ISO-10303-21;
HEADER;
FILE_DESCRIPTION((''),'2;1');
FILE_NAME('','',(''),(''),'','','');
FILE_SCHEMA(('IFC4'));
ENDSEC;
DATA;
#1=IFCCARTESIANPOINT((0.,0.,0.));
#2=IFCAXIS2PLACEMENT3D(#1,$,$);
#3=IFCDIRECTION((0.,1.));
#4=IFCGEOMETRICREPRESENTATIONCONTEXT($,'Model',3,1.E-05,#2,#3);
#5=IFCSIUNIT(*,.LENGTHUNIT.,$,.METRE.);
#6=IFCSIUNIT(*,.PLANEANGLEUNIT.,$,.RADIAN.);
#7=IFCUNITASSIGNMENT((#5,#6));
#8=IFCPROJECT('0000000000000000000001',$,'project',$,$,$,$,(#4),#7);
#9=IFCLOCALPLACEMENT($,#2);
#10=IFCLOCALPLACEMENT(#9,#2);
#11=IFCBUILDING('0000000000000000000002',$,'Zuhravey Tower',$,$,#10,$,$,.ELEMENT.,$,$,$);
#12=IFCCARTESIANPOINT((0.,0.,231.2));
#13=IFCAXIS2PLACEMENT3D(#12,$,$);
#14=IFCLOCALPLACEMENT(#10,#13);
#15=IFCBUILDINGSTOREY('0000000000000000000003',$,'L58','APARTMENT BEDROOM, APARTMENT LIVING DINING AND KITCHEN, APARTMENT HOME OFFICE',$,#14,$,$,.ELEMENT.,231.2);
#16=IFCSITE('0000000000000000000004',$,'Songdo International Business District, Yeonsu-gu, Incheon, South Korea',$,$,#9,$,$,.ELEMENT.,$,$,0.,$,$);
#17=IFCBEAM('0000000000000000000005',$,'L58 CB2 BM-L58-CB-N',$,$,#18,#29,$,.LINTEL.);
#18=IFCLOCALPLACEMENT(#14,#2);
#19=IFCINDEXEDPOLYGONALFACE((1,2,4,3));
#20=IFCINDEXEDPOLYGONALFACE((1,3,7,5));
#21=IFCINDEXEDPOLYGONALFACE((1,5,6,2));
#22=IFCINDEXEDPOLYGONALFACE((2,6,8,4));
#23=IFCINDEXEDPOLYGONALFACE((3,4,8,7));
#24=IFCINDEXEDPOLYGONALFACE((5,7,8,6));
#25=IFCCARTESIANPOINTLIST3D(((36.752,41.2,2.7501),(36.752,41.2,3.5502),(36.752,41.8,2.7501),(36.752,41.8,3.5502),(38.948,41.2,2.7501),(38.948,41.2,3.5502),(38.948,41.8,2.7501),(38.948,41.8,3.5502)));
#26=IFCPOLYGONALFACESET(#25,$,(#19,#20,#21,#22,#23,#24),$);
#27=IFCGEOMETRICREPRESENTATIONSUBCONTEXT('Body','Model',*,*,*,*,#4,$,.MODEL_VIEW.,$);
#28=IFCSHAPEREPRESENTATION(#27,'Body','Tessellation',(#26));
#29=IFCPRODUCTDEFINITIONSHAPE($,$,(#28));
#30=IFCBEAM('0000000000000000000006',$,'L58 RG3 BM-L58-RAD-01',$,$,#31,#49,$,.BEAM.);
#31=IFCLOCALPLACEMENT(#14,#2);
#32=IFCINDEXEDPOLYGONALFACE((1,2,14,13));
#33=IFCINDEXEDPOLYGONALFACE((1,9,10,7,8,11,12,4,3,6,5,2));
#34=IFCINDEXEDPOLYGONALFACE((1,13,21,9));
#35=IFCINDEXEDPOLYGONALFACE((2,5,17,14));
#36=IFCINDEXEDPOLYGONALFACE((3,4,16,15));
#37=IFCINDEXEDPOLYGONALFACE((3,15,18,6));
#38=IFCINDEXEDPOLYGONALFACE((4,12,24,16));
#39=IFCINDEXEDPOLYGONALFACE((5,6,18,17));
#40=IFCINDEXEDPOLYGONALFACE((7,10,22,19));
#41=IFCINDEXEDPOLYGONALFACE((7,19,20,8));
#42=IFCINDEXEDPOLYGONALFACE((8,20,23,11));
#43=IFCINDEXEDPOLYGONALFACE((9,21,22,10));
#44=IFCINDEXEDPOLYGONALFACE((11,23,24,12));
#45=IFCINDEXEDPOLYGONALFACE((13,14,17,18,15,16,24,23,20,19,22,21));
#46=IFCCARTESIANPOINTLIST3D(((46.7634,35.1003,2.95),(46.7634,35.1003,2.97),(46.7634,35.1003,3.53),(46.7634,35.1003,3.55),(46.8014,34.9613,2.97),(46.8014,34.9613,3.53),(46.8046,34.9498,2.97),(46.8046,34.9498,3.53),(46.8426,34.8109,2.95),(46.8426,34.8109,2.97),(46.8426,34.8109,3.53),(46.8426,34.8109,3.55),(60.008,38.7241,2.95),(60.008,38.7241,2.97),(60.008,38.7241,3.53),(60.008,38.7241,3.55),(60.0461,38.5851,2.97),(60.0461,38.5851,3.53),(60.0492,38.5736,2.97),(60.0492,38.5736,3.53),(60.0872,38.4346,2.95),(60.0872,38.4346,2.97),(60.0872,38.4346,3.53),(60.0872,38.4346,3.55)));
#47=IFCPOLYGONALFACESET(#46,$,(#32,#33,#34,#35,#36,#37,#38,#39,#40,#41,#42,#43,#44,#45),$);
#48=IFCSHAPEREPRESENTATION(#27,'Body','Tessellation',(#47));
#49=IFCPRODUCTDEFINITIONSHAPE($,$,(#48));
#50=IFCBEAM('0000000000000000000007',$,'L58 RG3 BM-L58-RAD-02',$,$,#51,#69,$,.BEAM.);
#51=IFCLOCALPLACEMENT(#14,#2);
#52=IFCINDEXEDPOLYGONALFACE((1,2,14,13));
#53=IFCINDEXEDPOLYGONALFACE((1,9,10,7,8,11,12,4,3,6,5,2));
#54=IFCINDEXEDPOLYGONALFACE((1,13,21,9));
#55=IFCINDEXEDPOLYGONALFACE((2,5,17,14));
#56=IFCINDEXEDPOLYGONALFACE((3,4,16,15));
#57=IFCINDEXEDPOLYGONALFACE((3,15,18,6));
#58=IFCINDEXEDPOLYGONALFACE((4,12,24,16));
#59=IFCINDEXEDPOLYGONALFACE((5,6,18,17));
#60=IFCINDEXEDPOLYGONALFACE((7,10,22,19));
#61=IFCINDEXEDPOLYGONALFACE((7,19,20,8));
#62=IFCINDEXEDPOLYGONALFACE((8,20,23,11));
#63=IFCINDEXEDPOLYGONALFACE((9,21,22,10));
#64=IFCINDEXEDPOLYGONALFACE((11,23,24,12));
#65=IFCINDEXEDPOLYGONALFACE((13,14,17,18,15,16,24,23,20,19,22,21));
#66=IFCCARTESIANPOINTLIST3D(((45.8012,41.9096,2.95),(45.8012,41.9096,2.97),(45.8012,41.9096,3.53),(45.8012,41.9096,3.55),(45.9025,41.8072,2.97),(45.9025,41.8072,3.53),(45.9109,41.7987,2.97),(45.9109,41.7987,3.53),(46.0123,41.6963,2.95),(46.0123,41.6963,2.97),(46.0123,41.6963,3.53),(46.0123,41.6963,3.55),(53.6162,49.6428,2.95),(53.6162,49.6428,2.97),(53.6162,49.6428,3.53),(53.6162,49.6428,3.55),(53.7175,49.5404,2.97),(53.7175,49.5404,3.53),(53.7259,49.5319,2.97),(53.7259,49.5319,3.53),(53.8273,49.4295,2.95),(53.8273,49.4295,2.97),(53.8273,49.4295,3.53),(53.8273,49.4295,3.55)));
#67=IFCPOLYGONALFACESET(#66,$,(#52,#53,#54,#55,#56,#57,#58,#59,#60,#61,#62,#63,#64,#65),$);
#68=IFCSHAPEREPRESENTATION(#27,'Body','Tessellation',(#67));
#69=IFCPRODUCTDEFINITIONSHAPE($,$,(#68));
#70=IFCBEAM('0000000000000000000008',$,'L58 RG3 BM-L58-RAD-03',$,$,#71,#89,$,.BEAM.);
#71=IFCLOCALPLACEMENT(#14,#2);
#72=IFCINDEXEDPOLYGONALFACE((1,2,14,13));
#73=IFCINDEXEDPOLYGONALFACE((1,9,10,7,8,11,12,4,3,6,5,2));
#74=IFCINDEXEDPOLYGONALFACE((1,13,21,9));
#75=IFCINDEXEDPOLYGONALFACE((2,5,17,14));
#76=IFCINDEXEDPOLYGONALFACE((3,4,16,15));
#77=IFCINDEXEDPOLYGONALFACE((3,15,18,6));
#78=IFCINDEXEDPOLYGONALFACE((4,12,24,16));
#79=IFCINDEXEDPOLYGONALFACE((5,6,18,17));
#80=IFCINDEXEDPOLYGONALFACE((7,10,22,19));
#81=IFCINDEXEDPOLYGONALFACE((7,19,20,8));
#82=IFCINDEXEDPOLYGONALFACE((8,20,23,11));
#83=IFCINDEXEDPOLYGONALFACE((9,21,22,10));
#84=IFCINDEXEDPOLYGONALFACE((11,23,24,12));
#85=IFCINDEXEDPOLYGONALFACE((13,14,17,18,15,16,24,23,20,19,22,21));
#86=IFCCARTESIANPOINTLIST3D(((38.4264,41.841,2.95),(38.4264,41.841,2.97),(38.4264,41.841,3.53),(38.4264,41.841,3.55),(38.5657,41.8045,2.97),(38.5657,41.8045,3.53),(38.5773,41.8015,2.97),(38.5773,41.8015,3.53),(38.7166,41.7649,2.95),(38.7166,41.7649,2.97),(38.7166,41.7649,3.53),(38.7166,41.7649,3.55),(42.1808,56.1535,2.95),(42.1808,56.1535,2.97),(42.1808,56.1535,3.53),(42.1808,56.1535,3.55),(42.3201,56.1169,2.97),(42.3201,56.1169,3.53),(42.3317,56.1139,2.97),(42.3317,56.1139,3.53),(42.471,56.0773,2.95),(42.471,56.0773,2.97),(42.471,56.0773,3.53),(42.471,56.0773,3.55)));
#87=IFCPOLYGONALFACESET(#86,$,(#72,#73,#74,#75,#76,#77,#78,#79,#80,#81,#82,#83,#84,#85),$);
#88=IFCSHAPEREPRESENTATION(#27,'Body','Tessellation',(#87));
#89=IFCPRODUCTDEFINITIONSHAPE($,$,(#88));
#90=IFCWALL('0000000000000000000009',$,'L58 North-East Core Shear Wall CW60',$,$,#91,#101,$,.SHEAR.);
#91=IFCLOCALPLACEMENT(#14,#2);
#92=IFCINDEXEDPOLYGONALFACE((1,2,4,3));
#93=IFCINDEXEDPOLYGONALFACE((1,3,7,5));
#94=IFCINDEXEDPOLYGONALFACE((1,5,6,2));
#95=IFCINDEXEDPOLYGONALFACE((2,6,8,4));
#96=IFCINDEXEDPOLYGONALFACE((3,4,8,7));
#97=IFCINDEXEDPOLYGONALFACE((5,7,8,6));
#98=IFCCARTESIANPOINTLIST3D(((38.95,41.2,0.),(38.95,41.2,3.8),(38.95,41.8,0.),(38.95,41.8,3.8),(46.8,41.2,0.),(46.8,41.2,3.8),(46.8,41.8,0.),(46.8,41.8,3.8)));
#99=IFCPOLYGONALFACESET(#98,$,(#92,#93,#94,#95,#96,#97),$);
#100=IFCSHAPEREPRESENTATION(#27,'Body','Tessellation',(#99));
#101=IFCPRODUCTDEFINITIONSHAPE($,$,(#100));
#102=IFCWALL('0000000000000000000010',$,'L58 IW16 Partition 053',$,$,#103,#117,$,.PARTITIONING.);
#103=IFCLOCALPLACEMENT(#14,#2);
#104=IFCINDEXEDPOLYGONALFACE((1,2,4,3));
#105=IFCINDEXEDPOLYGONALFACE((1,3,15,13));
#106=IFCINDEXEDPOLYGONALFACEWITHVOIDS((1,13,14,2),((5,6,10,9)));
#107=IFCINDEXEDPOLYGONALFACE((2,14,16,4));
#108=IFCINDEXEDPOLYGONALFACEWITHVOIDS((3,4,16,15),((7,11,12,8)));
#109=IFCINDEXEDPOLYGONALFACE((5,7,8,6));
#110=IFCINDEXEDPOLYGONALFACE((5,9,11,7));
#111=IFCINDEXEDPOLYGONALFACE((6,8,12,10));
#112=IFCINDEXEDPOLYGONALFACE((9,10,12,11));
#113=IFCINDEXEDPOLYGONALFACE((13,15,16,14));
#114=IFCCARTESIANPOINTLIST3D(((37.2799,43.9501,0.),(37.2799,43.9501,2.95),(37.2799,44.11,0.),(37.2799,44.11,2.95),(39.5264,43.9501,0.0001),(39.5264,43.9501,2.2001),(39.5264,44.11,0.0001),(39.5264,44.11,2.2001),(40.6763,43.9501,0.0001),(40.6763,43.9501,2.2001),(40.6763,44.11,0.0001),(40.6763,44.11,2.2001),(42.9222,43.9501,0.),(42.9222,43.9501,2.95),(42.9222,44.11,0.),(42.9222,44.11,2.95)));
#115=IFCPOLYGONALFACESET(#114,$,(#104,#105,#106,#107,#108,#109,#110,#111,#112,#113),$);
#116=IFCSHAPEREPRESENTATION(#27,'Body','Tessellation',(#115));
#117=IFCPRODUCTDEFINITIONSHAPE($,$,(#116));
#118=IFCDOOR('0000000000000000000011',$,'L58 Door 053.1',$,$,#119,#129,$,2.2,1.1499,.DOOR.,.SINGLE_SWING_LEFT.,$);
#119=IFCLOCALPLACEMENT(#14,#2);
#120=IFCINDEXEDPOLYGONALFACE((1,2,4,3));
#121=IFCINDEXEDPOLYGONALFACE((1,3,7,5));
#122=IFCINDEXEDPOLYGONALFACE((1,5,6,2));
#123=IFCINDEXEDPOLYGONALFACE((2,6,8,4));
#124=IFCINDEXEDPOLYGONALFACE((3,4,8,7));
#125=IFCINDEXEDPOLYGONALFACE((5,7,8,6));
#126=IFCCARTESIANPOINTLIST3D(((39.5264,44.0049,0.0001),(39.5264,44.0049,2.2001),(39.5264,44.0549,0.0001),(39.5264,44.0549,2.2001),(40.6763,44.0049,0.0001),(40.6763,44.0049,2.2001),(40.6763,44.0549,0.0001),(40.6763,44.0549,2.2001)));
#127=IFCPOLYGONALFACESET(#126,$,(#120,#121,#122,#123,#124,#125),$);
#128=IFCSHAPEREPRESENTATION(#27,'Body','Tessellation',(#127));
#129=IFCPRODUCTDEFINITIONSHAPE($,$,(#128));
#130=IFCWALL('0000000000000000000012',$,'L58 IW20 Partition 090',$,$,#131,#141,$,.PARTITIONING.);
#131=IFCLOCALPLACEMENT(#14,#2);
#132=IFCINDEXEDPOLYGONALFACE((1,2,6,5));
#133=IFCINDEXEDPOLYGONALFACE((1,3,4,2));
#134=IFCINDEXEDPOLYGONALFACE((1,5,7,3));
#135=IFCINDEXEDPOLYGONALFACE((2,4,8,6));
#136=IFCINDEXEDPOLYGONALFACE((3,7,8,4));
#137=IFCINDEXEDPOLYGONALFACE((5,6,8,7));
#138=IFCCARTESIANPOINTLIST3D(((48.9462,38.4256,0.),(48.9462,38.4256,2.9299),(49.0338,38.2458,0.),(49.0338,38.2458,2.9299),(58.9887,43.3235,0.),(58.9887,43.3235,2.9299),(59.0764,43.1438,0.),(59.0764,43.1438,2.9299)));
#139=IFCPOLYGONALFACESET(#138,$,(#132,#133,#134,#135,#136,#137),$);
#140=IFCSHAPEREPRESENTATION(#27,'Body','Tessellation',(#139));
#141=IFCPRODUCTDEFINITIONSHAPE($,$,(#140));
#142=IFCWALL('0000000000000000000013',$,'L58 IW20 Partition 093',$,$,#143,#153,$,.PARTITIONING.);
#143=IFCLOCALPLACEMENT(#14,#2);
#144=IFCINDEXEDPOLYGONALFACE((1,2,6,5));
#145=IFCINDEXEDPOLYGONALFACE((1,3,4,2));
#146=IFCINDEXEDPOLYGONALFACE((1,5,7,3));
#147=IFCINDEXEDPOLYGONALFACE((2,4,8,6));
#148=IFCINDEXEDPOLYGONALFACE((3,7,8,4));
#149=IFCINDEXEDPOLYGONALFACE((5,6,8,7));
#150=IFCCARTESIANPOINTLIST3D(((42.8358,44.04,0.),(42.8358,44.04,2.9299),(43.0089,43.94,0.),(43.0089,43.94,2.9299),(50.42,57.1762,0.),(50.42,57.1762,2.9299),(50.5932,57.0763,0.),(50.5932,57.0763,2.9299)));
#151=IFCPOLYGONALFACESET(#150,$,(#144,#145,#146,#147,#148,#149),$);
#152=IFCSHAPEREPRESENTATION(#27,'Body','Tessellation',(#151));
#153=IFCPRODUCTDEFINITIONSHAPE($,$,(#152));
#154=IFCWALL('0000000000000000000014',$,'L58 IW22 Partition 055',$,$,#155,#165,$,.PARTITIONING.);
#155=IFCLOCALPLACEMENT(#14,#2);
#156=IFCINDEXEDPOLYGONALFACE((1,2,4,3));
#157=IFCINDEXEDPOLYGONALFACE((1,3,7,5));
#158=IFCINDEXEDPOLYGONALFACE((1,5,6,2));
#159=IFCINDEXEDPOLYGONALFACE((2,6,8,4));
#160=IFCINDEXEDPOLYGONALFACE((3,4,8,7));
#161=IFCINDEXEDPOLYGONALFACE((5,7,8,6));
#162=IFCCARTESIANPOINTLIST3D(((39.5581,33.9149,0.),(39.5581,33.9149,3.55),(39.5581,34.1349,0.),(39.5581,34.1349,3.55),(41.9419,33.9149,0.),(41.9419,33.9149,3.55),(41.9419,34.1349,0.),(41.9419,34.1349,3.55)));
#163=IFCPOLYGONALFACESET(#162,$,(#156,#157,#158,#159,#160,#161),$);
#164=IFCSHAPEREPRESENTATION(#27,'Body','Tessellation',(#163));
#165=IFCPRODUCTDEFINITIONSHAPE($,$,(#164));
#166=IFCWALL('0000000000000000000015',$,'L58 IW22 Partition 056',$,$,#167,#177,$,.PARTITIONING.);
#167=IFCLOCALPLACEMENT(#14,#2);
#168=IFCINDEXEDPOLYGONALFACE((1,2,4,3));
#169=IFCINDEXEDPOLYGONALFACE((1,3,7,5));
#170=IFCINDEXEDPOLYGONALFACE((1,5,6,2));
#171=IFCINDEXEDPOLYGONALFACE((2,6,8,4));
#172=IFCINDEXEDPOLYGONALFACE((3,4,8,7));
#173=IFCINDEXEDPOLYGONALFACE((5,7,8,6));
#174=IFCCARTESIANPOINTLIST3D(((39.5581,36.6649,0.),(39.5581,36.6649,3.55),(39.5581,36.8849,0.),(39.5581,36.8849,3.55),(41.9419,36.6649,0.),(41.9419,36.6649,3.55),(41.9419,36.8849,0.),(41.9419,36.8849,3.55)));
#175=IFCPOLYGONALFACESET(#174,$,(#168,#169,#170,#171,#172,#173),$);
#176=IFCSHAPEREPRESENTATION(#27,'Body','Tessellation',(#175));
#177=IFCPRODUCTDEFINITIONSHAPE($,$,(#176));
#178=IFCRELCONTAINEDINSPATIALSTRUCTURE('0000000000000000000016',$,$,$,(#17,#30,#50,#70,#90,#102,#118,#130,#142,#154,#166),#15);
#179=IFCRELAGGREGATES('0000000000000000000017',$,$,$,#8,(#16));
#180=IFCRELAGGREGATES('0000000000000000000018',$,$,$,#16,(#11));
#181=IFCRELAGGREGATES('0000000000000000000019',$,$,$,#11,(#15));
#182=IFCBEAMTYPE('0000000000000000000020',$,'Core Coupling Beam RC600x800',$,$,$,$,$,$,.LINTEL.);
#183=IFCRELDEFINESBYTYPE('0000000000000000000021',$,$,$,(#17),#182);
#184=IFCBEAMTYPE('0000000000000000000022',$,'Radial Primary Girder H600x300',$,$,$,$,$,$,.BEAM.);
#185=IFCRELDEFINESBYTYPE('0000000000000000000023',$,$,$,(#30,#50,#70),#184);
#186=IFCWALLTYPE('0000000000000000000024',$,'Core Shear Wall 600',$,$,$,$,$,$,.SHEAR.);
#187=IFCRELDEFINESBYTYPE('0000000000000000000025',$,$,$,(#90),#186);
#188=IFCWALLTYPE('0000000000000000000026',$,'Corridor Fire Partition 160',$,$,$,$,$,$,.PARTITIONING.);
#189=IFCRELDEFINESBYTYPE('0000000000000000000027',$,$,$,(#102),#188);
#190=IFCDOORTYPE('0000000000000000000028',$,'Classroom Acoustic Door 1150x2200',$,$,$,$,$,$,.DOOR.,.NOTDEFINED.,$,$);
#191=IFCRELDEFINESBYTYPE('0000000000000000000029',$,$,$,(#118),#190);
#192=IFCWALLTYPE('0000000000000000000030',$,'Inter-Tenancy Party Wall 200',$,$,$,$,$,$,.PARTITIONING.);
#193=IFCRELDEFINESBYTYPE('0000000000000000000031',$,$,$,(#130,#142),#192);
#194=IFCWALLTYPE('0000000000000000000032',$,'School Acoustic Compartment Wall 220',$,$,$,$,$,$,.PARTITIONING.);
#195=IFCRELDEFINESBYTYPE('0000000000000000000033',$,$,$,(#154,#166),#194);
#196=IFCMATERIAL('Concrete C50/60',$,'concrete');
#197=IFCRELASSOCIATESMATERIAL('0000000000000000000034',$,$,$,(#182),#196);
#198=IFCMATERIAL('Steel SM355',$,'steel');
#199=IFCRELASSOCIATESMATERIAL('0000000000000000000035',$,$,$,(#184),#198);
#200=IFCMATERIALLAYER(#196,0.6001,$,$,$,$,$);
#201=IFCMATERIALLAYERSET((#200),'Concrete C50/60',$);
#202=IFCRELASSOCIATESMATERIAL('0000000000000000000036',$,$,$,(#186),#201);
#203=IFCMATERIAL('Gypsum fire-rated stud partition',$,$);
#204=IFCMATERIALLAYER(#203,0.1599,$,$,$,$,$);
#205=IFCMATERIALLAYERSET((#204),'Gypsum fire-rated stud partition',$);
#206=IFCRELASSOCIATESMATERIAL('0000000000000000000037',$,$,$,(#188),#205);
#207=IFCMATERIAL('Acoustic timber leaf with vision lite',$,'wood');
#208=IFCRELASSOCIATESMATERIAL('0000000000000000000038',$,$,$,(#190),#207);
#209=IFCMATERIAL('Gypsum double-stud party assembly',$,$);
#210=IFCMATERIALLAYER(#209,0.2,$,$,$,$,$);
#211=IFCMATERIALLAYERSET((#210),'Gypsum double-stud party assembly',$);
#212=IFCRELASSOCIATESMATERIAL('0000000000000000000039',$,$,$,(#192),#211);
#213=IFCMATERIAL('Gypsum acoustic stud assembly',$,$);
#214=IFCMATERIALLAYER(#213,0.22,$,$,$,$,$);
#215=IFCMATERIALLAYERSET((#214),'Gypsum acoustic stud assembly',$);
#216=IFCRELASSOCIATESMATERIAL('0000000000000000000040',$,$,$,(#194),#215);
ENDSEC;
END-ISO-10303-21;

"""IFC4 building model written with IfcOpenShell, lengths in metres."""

from ifc_helpers import new_model, si_unit, direction, frame, frame_2d, origin, origin_2d, place, context, subcontext, project, spatial, rectangle, i_section, extrude, material, layer, layer_set, material_profile, profile_set, type_object, element, fill, save


model = new_model("IFC4")

# Units and contexts
model_context = context("Model", 3, precision=1e-05, world=origin(), true_north=direction((0.0, 1.0)))
body_context = subcontext(model_context, "Body", "Model", "MODEL_VIEW")
ifc_project = project(units=[si_unit("LENGTHUNIT", "METRE"), si_unit("PLANEANGLEUNIT", "RADIAN")], contexts=[model_context])

# Site, building, storey
site_placement = place(None, origin())
site = spatial("IfcSite", under=ifc_project, at=site_placement, Name="Songdo International Business District, Yeonsu-gu, Incheon, South Korea", CompositionType="ELEMENT", RefElevation=0.0)
building_placement = place(site_placement, origin())
building = spatial("IfcBuilding", under=site, at=building_placement, Name="Zuhravey Tower", CompositionType="ELEMENT")
storey_placement = place(building_placement, frame((0.0, 0.0, 231.2)))
storey = spatial("IfcBuildingStorey", under=building, at=storey_placement, Name="L58", Description="APARTMENT BEDROOM, APARTMENT LIVING DINING AND KITCHEN, APARTMENT HOME OFFICE", CompositionType="ELEMENT", Elevation=231.2)

# Beams
ifc_material_1 = material(Name="Concrete C50/60", Category="concrete")
ifc_material_profile_1 = material_profile(ifc_material_1, rectangle(XDim=0.6001, YDim=0.8, at=origin_2d()), Name="RC-600x800")
ifc_profile_set_1 = profile_set([ifc_material_profile_1], Name="Concrete C50/60")
beam_type_1 = type_object("IfcBeamType", Name="Core Coupling Beam RC600x800", PredefinedType="LINTEL", material=ifc_profile_set_1)
beam_1_placement = place(storey_placement, frame((36.752, 41.5, 3.1501), z_axis=(1.0, 0.0, 0.0), x_axis=(0.0, 1.0, 0.0)))
element("IfcBeam", 1, at=beam_1_placement, inside=storey, type_object=beam_type_1, Name="L58 CB2 BM-L58-CB-N", PredefinedType="LINTEL", context=body_context, shape_type="SweptSolid", body=[
    extrude(rectangle(XDim=0.6001, YDim=0.8, at=origin_2d()), origin(), (0.0, 0.0, 1.0), 2.196),
])
ifc_material_2 = material(Name="Steel SM355", Category="steel")
ifc_material_profile_2 = material_profile(ifc_material_2, i_section(OverallWidth=0.3, OverallDepth=0.6001, WebThickness=0.012, FlangeThickness=0.02, at=origin_2d()), Name="H-600x300x12x20")
ifc_profile_set_2 = profile_set([ifc_material_profile_2], Name="Steel SM355")
beam_type_2 = type_object("IfcBeamType", Name="Radial Primary Girder H600x300", PredefinedType="BEAM", material=ifc_profile_set_2)
beam_2_placement = place(storey_placement, frame((46.803, 34.9556, 3.25), z_axis=(0.964549, 0.263904, 0.0), x_axis=(-0.263904, 0.964549, 0.0)))
element("IfcBeam", 2, at=beam_2_placement, inside=storey, type_object=beam_type_2, Name="L58 RG3 BM-L58-RAD-01", PredefinedType="BEAM", context=body_context, shape_type="SweptSolid", body=[
    extrude(i_section(OverallWidth=0.3, OverallDepth=0.6001, WebThickness=0.012, FlangeThickness=0.02, at=origin_2d()), origin(), (0.0, 0.0, 1.0), 13.7314),
])
beam_3_placement = place(storey_placement, frame((45.9067, 41.803, 3.25), z_axis=(0.710817, 0.703377, 0.0), x_axis=(-0.703377, 0.710817, 0.0)))
element("IfcBeam", 3, at=beam_3_placement, inside=storey, type_object=beam_type_2, Name="L58 RG3 BM-L58-RAD-02", PredefinedType="BEAM", context=body_context, shape_type="SweptSolid", body=[
    extrude(i_section(OverallWidth=0.3, OverallDepth=0.6001, WebThickness=0.012, FlangeThickness=0.02, at=origin_2d()), origin(), (0.0, 0.0, 1.0), 10.9944),
])
beam_4_placement = place(storey_placement, frame((38.5715, 41.803, 3.25), z_axis=(0.253731, 0.967275, 0.0), x_axis=(-0.967275, 0.253731, 0.0)))
element("IfcBeam", 4, at=beam_4_placement, inside=storey, type_object=beam_type_2, Name="L58 RG3 BM-L58-RAD-03", PredefinedType="BEAM", context=body_context, shape_type="SweptSolid", body=[
    extrude(i_section(OverallWidth=0.3, OverallDepth=0.6001, WebThickness=0.012, FlangeThickness=0.02, at=origin_2d()), origin(), (0.0, 0.0, 1.0), 14.7966),
])

# Wall
ifc_layer_1 = layer(ifc_material_1, 0.6001)
ifc_layer_set_1 = layer_set([ifc_layer_1], Name="Concrete C50/60")
wall_type_1 = type_object("IfcWallType", Name="Core Shear Wall 600", PredefinedType="SHEAR", material=ifc_layer_set_1)
wall_1_placement = place(storey_placement, frame((46.8, 41.5, 0.0), z_axis=(0.0, 0.0, 1.0), x_axis=(-1.0, 0.0, 0.0)))
element("IfcWall", 5, at=wall_1_placement, inside=storey, type_object=wall_type_1, Name="L58 North-East Core Shear Wall CW60", PredefinedType="SHEAR", context=body_context, shape_type="SweptSolid", body=[
    extrude(rectangle(XDim=7.8501, YDim=0.6001, at=frame_2d((3.925, 0.0))), origin(), (0.0, 0.0, 1.0), 3.8),
])

# Wall, opening, door
ifc_material_3 = material(Name="Gypsum fire-rated stud partition")
ifc_layer_2 = layer(ifc_material_3, 0.1599)
ifc_layer_set_2 = layer_set([ifc_layer_2], Name="Gypsum fire-rated stud partition")
wall_type_2 = type_object("IfcWallType", Name="Corridor Fire Partition 160", PredefinedType="PARTITIONING", material=ifc_layer_set_2)
wall_2_placement = place(storey_placement, frame((42.9224, 44.03, 0.0), z_axis=(0.0, 0.0, 1.0), x_axis=(-1.0, 0.0, 0.0)))
wall_2 = element("IfcWall", 6, at=wall_2_placement, inside=storey, type_object=wall_type_2, Name="L58 IW16 Partition 053", PredefinedType="PARTITIONING", context=body_context, shape_type="SweptSolid", body=[
    extrude(rectangle(XDim=5.6423, YDim=0.1599, at=frame_2d((2.8213, 0.0))), origin(), (0.0, 0.0, 1.0), 2.95),
])
opening_1_placement = place(wall_2_placement, frame((2.2461, 0.0, 0.0)))
opening_1 = element("IfcOpeningElement", 7, at=opening_1_placement, cuts=wall_2, PredefinedType="OPENING", context=body_context, shape_type="SweptSolid", body=[
    extrude(rectangle(XDim=1.1499, YDim=2.2, at=frame_2d((0.575, 1.1001))), frame((0.0, 0.092, 0.0), z_axis=(0.0, -1.0, 0.0), x_axis=(1.0, 0.0, 0.0)), (0.0, 0.0, 1.0), 0.1838),
])
ifc_material_4 = material(Name="Acoustic timber leaf with vision lite", Category="wood")
door_type_1 = type_object("IfcDoorType", Name="Classroom Acoustic Door 1150x2200", OperationType="NOTDEFINED", PredefinedType="DOOR", material=ifc_material_4)
door_1_placement = place(opening_1_placement, frame((1.1499, 0.0, 0.0), z_axis=(0.0, 0.0, 1.0), x_axis=(-1.0, 0.0, 0.0)))
door_1 = element("IfcDoor", 8, at=door_1_placement, inside=storey, type_object=door_type_1, Name="L58 Door 053.1", OperationType="SINGLE_SWING_LEFT", OverallHeight=2.2, OverallWidth=1.1499, PredefinedType="DOOR", context=body_context, shape_type="SweptSolid", body=[
    extrude(rectangle(XDim=1.1499, YDim=2.2, at=frame_2d((0.575, 1.1001))), frame((0.0, 0.0249, 0.0), z_axis=(0.0, -1.0, 0.0), x_axis=(1.0, 0.0, 0.0)), (0.0, 0.0, 1.0), 0.05),
])
fill(opening_1, door_1)

# Walls
ifc_material_5 = material(Name="Gypsum double-stud party assembly")
ifc_layer_3 = layer(ifc_material_5, 0.2)
ifc_layer_set_3 = layer_set([ifc_layer_3], Name="Gypsum double-stud party assembly")
wall_type_3 = type_object("IfcWallType", Name="Inter-Tenancy Party Wall 200", PredefinedType="PARTITIONING", material=ifc_layer_set_3)
wall_3_placement = place(storey_placement, frame((48.99, 38.3357, 0.0), z_axis=(0.0, 0.0, 1.0), x_axis=(0.898797, 0.438364, 0.0)))
element("IfcWall", 9, at=wall_3_placement, inside=storey, type_object=wall_type_3, Name="L58 IW20 Partition 090", PredefinedType="PARTITIONING", context=body_context, shape_type="SweptSolid", body=[
    extrude(rectangle(XDim=11.1733, YDim=0.2, at=frame_2d((5.5867, 0.0))), origin(), (0.0, 0.0, 1.0), 2.9299),
])
wall_4_placement = place(storey_placement, frame((42.9224, 43.99, 0.0), z_axis=(0.0, 0.0, 1.0), x_axis=(0.500001, 0.866025, 0.0)))
element("IfcWall", 10, at=wall_4_placement, inside=storey, type_object=wall_type_3, Name="L58 IW20 Partition 093", PredefinedType="PARTITIONING", context=body_context, shape_type="SweptSolid", body=[
    extrude(rectangle(XDim=15.1685, YDim=0.2, at=frame_2d((7.5842, 0.0))), origin(), (0.0, 0.0, 1.0), 2.9299),
])
ifc_material_6 = material(Name="Gypsum acoustic stud assembly")
ifc_layer_4 = layer(ifc_material_6, 0.22)
ifc_layer_set_4 = layer_set([ifc_layer_4], Name="Gypsum acoustic stud assembly")
wall_type_4 = type_object("IfcWallType", Name="School Acoustic Compartment Wall 220", PredefinedType="PARTITIONING", material=ifc_layer_set_4)
for number, where, z_axis, x_axis, name in (
    (11, (39.5581, 34.0249, 0.0), (0.0, 0.0, 1.0), (1.0, 0.0, 0.0), "L58 IW22 Partition 055"),
    (12, (39.5581, 36.7749, 0.0), (0.0, 0.0, 1.0), (1.0, 0.0, 0.0), "L58 IW22 Partition 056"),
):
    element("IfcWall", number, at=place(storey_placement, frame(where, z_axis=z_axis, x_axis=x_axis)), inside=storey, type_object=wall_type_4, Name=name, PredefinedType="PARTITIONING", context=body_context, shape_type="SweptSolid", body=[
        extrude(rectangle(XDim=2.3838, YDim=0.22, at=frame_2d((1.1919, 0.0))), origin(), (0.0, 0.0, 1.0), 3.55),
    ])

save(model, "model.ifc")
